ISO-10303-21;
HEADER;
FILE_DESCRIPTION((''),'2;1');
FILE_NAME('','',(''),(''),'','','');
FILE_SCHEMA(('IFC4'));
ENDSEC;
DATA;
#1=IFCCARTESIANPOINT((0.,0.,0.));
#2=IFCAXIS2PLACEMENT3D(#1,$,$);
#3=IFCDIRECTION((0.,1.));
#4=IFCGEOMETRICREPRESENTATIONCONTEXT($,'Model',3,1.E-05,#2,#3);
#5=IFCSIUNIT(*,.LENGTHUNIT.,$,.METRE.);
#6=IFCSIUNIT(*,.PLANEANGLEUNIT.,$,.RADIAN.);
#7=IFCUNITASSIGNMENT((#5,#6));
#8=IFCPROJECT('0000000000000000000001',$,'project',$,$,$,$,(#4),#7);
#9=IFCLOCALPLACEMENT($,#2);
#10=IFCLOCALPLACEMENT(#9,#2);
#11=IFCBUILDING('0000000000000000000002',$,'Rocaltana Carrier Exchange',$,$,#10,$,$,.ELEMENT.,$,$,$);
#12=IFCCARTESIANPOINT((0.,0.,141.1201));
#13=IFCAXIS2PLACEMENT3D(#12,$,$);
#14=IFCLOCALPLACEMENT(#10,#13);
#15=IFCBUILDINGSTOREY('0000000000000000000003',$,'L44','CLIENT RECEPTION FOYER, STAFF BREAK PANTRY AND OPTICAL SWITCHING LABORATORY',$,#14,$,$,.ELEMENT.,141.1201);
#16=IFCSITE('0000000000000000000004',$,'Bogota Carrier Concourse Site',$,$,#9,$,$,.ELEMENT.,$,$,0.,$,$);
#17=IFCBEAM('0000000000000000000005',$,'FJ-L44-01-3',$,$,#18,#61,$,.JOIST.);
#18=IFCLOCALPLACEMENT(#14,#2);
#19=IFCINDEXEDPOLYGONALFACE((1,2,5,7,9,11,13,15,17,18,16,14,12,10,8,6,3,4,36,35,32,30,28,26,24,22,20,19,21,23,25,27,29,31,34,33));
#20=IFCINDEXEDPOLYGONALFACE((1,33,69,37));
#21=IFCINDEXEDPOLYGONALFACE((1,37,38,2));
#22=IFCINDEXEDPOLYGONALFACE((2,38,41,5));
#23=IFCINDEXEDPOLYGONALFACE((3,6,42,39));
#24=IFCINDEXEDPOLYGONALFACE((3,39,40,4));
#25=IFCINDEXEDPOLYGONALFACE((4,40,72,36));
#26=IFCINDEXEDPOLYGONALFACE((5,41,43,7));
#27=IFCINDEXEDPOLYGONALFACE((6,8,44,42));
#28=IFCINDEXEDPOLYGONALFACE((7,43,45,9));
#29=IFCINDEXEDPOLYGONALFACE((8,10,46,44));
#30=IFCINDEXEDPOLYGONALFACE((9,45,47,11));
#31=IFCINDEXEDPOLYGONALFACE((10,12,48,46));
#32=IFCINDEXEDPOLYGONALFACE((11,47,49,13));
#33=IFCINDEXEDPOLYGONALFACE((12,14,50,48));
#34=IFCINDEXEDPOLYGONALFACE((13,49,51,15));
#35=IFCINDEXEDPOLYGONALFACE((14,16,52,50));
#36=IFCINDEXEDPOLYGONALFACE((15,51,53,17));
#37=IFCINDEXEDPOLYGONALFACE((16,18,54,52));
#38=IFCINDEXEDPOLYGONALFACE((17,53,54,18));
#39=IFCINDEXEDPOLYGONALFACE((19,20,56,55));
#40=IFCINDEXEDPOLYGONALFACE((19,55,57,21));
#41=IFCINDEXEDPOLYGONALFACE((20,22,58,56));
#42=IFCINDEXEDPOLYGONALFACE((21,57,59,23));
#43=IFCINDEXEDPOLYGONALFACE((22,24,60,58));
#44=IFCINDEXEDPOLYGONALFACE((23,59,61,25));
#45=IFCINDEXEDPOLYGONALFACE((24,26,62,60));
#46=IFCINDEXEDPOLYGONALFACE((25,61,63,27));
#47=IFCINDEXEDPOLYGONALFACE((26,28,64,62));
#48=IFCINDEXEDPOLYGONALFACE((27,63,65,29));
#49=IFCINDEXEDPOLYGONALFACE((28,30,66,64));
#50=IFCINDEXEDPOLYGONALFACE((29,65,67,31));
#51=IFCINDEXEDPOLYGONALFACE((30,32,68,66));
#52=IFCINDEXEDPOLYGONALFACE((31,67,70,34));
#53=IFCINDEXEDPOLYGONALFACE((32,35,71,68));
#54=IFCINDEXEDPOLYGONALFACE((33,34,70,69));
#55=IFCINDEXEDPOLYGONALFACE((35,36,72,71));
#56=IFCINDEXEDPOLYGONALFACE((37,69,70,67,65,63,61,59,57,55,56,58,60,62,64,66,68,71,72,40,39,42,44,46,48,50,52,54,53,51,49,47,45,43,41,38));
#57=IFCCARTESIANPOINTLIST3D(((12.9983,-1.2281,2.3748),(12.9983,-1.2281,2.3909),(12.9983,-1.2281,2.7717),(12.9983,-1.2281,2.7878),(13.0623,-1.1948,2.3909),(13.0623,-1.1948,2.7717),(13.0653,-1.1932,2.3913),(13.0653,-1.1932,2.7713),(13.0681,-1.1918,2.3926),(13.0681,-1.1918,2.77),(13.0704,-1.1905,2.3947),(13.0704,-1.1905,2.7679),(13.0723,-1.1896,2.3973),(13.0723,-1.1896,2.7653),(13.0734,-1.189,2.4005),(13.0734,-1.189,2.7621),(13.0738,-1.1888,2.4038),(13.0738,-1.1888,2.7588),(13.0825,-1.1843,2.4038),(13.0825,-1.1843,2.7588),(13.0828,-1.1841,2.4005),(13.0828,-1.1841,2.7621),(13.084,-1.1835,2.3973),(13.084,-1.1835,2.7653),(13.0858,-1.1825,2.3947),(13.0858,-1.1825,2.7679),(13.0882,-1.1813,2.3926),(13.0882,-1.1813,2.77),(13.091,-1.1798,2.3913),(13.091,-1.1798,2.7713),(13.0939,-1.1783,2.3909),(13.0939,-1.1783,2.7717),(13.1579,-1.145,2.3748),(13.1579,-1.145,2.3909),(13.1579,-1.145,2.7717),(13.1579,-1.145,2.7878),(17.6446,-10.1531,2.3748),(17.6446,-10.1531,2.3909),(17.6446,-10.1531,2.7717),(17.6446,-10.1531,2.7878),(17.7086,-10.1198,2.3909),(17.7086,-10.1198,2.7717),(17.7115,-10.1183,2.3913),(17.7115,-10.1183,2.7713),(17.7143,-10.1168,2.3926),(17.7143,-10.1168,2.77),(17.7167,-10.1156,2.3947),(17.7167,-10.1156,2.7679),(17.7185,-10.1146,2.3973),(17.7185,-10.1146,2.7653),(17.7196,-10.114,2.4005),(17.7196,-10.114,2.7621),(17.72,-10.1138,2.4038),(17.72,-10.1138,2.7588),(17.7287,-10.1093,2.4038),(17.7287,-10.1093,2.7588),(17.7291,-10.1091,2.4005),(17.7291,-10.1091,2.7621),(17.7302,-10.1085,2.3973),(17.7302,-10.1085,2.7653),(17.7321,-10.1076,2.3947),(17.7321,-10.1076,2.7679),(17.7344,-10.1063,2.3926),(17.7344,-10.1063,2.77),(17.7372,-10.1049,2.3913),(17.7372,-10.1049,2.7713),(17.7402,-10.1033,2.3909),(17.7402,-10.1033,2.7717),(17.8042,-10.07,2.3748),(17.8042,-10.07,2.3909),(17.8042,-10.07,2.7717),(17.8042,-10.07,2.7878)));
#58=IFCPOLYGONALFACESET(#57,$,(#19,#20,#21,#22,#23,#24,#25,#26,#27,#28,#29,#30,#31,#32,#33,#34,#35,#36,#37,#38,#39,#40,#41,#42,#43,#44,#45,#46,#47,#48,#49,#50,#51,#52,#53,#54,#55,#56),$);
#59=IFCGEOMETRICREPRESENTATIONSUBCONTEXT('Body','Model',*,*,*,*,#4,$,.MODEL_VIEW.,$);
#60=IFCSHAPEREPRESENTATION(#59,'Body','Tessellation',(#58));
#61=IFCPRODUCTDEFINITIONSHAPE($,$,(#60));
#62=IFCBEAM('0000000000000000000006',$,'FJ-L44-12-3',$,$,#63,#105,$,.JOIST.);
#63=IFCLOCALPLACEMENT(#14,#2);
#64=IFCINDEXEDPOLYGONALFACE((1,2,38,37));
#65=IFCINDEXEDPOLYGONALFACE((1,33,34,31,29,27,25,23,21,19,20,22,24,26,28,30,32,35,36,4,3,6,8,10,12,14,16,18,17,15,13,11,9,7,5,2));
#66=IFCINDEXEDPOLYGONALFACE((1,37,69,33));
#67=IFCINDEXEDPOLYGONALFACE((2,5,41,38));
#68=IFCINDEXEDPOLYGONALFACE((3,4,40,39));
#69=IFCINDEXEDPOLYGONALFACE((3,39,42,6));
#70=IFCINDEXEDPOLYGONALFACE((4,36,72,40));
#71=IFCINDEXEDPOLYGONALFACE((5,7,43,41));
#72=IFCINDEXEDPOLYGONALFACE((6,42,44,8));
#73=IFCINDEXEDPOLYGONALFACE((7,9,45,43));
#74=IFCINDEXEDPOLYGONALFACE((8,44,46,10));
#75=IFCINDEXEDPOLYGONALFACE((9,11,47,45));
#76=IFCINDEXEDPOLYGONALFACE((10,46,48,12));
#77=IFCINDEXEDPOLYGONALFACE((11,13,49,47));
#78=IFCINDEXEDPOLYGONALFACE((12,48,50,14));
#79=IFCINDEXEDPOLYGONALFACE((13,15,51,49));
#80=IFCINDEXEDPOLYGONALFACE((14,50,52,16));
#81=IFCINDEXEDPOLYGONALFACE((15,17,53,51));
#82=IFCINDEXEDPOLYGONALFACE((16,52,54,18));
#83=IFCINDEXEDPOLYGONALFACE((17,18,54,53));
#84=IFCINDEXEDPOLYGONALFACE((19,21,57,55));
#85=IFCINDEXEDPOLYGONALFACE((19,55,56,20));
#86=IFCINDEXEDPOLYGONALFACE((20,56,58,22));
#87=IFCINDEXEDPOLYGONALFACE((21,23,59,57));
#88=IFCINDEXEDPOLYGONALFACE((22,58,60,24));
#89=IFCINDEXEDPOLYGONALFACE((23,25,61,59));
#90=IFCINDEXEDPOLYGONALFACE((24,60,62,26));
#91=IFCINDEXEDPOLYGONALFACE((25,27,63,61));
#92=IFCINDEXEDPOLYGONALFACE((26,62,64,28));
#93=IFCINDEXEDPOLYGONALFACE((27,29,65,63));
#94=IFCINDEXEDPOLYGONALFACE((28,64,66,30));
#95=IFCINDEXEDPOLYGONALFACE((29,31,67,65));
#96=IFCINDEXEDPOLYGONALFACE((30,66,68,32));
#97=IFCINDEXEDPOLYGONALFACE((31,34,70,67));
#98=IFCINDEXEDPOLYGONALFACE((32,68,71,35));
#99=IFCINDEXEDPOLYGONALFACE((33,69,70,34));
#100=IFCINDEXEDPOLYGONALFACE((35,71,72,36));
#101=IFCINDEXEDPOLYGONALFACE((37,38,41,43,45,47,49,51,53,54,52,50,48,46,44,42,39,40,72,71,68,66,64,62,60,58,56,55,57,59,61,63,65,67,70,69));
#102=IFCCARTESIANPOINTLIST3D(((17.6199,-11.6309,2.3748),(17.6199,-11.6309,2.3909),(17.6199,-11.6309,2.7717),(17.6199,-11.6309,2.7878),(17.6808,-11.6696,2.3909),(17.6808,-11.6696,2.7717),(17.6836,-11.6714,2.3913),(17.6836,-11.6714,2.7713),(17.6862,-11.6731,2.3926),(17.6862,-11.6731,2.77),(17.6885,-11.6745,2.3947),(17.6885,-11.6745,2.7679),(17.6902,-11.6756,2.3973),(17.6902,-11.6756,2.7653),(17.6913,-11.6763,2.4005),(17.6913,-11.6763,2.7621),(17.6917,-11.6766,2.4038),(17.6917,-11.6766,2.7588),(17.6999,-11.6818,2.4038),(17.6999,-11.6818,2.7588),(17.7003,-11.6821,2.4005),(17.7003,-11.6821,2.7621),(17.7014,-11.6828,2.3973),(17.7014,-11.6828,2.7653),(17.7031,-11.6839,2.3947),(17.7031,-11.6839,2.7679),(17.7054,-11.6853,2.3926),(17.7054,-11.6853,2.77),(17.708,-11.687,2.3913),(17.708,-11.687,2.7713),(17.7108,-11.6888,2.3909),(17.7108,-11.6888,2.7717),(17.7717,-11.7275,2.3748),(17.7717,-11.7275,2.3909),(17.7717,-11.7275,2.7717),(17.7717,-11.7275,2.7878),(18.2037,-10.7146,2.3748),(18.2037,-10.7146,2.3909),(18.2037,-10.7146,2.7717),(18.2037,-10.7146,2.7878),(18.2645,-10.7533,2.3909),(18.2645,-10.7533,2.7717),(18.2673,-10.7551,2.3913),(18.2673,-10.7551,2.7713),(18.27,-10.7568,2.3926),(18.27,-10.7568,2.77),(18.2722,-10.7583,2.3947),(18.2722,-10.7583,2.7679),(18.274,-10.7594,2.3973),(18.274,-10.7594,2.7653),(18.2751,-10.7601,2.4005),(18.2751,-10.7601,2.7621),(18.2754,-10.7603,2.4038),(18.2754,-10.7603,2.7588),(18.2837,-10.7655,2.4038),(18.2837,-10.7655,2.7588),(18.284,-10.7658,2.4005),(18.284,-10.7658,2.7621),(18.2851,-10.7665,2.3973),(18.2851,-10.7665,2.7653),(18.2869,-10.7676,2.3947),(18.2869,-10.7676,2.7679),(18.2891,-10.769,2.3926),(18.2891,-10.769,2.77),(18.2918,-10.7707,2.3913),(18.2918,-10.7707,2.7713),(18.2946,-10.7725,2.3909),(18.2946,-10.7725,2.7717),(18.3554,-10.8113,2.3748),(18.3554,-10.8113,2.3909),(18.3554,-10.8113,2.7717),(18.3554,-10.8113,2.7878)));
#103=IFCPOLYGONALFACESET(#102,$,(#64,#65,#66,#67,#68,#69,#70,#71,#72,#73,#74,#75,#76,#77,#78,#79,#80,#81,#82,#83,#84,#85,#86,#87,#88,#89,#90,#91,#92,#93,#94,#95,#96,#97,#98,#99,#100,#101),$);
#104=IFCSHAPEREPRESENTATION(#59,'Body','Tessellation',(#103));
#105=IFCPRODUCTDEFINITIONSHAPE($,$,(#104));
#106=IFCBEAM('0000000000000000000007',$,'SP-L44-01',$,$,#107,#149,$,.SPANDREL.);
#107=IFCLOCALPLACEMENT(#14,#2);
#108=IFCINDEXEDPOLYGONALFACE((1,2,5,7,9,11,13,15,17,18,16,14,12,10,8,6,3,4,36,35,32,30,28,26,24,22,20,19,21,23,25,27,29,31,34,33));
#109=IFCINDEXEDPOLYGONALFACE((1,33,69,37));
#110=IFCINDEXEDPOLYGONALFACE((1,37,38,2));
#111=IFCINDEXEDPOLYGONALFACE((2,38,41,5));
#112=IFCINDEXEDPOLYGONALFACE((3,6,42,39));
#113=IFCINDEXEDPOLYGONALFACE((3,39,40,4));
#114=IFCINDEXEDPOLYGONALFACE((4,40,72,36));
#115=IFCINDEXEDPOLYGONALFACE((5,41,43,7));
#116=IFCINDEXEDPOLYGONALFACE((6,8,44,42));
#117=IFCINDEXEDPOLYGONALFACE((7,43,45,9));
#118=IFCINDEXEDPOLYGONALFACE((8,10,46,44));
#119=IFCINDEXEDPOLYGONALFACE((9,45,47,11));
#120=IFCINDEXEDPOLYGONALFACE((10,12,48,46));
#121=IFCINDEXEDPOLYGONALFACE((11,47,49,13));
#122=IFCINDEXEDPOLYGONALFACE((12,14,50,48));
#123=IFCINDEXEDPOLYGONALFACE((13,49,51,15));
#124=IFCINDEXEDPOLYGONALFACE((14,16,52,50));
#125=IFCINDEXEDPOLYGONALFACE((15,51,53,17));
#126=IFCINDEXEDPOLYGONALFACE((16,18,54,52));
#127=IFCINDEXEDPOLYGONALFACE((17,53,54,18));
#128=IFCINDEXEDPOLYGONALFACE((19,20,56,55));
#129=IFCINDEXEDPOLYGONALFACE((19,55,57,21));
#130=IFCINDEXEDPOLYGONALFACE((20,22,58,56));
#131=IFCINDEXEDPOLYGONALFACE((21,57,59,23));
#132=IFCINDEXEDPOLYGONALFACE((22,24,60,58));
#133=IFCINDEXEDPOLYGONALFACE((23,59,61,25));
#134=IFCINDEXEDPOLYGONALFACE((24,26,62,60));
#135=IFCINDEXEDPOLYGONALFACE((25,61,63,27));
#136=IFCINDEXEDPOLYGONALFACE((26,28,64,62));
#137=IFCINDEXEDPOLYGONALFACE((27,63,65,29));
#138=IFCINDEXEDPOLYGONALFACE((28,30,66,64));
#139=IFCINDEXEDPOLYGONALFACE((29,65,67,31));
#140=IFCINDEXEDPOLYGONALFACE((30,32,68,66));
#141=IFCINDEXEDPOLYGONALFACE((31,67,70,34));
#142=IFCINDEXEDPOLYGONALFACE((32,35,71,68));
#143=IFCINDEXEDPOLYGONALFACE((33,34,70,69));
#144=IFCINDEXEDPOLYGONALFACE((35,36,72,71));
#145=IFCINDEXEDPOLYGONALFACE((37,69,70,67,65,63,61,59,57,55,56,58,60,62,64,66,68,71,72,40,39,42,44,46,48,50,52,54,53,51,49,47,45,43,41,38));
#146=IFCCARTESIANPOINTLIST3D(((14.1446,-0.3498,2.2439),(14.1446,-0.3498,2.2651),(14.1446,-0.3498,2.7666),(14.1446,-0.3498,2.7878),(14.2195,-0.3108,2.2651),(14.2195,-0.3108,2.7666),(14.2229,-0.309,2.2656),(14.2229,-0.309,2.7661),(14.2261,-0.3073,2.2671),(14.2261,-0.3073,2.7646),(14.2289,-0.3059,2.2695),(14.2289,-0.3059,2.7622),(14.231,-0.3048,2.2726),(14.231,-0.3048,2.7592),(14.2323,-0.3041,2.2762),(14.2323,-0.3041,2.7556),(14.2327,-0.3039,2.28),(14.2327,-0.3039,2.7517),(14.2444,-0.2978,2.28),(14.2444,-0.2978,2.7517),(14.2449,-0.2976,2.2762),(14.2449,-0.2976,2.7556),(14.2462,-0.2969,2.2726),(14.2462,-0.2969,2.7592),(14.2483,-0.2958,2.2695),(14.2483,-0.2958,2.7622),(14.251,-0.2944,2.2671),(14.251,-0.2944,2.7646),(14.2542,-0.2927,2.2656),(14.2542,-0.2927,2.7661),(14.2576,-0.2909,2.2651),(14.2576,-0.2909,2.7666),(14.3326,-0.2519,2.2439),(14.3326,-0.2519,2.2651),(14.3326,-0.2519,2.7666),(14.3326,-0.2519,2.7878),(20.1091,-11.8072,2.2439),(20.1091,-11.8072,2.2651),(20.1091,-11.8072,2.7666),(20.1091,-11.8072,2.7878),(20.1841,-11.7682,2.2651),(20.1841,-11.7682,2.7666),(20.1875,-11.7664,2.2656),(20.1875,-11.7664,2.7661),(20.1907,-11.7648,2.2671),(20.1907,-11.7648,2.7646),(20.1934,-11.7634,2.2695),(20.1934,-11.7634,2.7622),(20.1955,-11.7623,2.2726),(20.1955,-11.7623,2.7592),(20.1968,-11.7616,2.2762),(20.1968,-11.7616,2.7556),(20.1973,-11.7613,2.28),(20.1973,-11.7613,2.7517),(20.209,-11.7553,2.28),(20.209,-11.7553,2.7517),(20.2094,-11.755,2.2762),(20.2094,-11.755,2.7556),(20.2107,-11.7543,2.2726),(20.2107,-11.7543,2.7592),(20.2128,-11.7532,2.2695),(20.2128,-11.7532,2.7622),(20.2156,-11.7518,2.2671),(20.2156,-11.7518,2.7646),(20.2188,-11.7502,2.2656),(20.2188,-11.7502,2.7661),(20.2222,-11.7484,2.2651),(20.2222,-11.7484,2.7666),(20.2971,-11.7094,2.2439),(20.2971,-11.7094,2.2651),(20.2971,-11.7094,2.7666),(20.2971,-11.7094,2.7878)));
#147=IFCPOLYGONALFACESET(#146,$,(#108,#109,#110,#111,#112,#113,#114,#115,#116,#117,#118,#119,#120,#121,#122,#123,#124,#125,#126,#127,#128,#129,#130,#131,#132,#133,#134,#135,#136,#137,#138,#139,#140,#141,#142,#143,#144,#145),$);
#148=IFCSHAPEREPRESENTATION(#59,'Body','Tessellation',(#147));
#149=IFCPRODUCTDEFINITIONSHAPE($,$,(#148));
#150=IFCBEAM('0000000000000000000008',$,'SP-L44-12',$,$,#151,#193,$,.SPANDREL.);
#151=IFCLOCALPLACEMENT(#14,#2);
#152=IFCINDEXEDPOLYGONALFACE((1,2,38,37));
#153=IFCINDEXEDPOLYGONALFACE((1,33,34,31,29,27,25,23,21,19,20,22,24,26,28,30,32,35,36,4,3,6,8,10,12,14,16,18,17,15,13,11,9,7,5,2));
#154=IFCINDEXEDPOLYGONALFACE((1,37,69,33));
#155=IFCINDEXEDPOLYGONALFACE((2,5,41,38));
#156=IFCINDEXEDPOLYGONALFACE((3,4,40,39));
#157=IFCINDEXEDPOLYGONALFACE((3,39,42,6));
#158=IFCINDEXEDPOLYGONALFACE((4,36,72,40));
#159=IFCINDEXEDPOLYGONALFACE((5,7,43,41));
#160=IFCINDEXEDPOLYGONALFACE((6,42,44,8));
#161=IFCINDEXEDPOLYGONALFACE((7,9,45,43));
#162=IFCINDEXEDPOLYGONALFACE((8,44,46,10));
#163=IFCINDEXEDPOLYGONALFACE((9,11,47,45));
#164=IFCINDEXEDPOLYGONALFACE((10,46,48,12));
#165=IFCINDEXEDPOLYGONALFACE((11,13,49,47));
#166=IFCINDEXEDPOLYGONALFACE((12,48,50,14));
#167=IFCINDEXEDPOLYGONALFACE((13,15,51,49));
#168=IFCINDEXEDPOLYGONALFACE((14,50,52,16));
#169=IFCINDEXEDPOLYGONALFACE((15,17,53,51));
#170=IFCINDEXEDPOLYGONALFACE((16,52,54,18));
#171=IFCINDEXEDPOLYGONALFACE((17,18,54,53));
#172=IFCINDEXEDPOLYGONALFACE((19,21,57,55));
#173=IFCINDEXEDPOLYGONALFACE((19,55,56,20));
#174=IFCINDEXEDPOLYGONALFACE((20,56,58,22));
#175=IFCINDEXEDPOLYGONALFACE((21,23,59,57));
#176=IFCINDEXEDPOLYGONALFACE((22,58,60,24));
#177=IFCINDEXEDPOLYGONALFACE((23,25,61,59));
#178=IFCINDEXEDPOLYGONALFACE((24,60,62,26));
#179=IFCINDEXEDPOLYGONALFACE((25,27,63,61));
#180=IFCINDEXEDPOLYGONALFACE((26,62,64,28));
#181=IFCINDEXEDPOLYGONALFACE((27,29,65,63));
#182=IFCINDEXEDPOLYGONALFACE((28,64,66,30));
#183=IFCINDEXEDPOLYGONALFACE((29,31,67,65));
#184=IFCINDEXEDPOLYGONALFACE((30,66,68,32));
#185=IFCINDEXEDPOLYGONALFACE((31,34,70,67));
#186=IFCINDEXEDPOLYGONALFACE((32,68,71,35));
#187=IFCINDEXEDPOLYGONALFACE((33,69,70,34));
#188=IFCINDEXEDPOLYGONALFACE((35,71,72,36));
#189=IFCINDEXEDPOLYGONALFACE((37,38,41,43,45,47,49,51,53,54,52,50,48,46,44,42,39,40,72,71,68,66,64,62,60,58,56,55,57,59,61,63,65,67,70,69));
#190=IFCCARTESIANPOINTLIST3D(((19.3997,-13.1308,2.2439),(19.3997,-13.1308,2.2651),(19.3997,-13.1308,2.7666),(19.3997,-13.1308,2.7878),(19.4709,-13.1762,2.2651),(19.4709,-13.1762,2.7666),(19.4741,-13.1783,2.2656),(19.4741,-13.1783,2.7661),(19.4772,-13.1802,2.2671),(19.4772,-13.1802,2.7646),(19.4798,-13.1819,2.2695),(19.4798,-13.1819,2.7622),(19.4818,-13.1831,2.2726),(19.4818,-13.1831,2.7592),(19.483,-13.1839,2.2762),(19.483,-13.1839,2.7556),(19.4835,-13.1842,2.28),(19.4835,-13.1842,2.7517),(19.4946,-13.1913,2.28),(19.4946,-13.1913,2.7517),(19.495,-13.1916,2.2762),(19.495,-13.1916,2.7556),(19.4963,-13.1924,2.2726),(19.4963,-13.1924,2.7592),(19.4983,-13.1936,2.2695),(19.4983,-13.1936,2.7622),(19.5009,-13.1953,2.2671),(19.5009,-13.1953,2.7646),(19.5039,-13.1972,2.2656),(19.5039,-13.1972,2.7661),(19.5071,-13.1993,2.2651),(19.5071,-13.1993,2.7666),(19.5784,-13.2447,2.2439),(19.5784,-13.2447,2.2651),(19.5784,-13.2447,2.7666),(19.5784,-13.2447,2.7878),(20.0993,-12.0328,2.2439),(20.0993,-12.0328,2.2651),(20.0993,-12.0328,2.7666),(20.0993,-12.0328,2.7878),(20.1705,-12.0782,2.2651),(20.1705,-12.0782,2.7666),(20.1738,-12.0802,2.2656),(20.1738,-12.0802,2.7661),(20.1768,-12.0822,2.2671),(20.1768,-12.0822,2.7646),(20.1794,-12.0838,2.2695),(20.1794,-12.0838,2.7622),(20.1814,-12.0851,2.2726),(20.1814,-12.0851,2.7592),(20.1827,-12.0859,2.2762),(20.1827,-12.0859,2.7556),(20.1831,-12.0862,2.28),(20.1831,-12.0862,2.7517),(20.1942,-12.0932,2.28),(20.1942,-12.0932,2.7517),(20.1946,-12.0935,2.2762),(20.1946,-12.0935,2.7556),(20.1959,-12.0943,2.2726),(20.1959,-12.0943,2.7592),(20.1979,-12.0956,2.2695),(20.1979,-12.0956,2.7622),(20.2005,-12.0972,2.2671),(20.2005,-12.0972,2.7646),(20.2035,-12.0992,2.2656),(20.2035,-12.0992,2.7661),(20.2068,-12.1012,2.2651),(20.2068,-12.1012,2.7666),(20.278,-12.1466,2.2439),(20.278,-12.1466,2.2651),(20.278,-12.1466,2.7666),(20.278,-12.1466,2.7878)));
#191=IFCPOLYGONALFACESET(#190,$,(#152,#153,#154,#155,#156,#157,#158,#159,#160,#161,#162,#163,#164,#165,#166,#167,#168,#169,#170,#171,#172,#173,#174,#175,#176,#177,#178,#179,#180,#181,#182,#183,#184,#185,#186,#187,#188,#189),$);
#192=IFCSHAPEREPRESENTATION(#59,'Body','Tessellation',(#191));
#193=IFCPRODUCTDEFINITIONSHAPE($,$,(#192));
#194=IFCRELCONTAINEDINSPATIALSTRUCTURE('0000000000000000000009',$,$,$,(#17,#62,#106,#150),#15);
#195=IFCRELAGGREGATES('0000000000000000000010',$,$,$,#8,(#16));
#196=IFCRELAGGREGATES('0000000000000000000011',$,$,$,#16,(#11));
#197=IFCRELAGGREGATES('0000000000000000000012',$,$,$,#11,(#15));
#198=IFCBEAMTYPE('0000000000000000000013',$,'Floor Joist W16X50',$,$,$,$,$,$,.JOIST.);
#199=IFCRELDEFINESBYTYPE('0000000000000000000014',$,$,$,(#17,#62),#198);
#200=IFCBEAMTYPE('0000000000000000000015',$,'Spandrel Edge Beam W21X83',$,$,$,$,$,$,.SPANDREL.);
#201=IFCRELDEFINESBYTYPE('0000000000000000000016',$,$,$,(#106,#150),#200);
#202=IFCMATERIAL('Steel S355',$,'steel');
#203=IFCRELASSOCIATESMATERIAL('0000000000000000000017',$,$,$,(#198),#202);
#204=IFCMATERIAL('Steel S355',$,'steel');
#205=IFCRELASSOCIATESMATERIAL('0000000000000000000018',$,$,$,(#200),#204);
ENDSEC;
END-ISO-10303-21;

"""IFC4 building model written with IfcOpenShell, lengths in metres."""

from ifc_helpers import new_model, si_unit, direction, frame, origin, origin_2d, place, context, subcontext, project, spatial, i_section, extrude, material, material_profile, profile_set, type_object, element, save


model = new_model("IFC4")

# Units and contexts
model_context = context("Model", 3, precision=1e-05, world=origin(), true_north=direction((0.0, 1.0)))
body_context = subcontext(model_context, "Body", "Model", "MODEL_VIEW")
ifc_project = project(units=[si_unit("LENGTHUNIT", "METRE"), si_unit("PLANEANGLEUNIT", "RADIAN")], contexts=[model_context])

# Site, building, storey
site_placement = place(None, origin())
site = spatial("IfcSite", under=ifc_project, at=site_placement, Name="Bogota Carrier Concourse Site", CompositionType="ELEMENT", RefElevation=0.0)
building_placement = place(site_placement, origin())
building = spatial("IfcBuilding", under=site, at=building_placement, Name="Rocaltana Carrier Exchange", CompositionType="ELEMENT")
storey_placement = place(building_placement, frame((0.0, 0.0, 141.1201)))
storey = spatial("IfcBuildingStorey", under=building, at=storey_placement, Name="L44", Description="CLIENT RECEPTION FOYER, STAFF BREAK PANTRY AND OPTICAL SWITCHING LABORATORY", CompositionType="ELEMENT", Elevation=141.1201)

# Beams
ifc_material_1 = material(Name="Steel S355", Category="steel")
ifc_material_profile_1 = material_profile(ifc_material_1, i_section(OverallWidth=0.1799, OverallDepth=0.4131, WebThickness=0.0098, FlangeThickness=0.0161, FilletRadius=0.0129, at=origin_2d()), Name="W16X50")
ifc_profile_set_1 = profile_set([ifc_material_profile_1], Name="Steel S355")
beam_type_1 = type_object("IfcBeamType", Name="Floor Joist W16X50", PredefinedType="JOIST", material=ifc_profile_set_1)
beam_1_placement = place(storey_placement, frame((17.7244, -10.1116, 2.5813), z_axis=(-0.461761, 0.887005, 0.0), x_axis=(-0.887005, -0.461761, 0.0)))
element("IfcBeam", 1, at=beam_1_placement, inside=storey, type_object=beam_type_1, Name="FJ-L44-01-3", PredefinedType="JOIST", context=body_context, shape_type="SweptSolid", body=[
    extrude(i_section(OverallWidth=0.1799, OverallDepth=0.4131, WebThickness=0.0098, FlangeThickness=0.0161, FilletRadius=0.0129, at=origin_2d()), origin(), (0.0, 0.0, 1.0), 10.062),
])
beam_2_placement = place(storey_placement, frame((17.6958, -11.6792, 2.5813), z_axis=(0.537312, 0.843384, 0.0), x_axis=(-0.843384, 0.537312, 0.0)))
element("IfcBeam", 2, at=beam_2_placement, inside=storey, type_object=beam_type_1, Name="FJ-L44-12-3", PredefinedType="JOIST", context=body_context, shape_type="SweptSolid", body=[
    extrude(i_section(OverallWidth=0.1799, OverallDepth=0.4131, WebThickness=0.0098, FlangeThickness=0.0161, FilletRadius=0.0129, at=origin_2d()), origin(), (0.0, 0.0, 1.0), 1.0864),
])
ifc_material_2 = material(Name="Steel S355", Category="steel")
ifc_material_profile_2 = material_profile(ifc_material_2, i_section(OverallWidth=0.2119, OverallDepth=0.5439, WebThickness=0.0132, FlangeThickness=0.0212, FilletRadius=0.0149, at=origin_2d()), Name="W21X83")
ifc_profile_set_2 = profile_set([ifc_material_profile_2], Name="Steel S355")
beam_type_2 = type_object("IfcBeamType", Name="Spandrel Edge Beam W21X83", PredefinedType="SPANDREL", material=ifc_profile_set_2)
beam_3_placement = place(storey_placement, frame((20.2031, -11.7583, 2.5159), z_axis=(-0.46176, 0.887005, 0.0), x_axis=(-0.887005, -0.46176, 0.0)))
element("IfcBeam", 3, at=beam_3_placement, inside=storey, type_object=beam_type_2, Name="SP-L44-01", PredefinedType="SPANDREL", context=body_context, shape_type="SweptSolid", body=[
    extrude(i_section(OverallWidth=0.2119, OverallDepth=0.5439, WebThickness=0.0132, FlangeThickness=0.0212, FilletRadius=0.0149, at=origin_2d()), origin(), (0.0, 0.0, 1.0), 12.917),
])
beam_4_placement = place(storey_placement, frame((19.489, -13.1877, 2.5159), z_axis=(0.537361, 0.843353, 0.0), x_axis=(-0.843353, 0.537361, 0.0)))
element("IfcBeam", 4, at=beam_4_placement, inside=storey, type_object=beam_type_2, Name="SP-L44-12", PredefinedType="SPANDREL", context=body_context, shape_type="SweptSolid", body=[
    extrude(i_section(OverallWidth=0.2119, OverallDepth=0.5439, WebThickness=0.0132, FlangeThickness=0.0212, FilletRadius=0.0149, at=origin_2d()), origin(), (0.0, 0.0, 1.0), 1.302),
])

save(model, "model.ifc")
